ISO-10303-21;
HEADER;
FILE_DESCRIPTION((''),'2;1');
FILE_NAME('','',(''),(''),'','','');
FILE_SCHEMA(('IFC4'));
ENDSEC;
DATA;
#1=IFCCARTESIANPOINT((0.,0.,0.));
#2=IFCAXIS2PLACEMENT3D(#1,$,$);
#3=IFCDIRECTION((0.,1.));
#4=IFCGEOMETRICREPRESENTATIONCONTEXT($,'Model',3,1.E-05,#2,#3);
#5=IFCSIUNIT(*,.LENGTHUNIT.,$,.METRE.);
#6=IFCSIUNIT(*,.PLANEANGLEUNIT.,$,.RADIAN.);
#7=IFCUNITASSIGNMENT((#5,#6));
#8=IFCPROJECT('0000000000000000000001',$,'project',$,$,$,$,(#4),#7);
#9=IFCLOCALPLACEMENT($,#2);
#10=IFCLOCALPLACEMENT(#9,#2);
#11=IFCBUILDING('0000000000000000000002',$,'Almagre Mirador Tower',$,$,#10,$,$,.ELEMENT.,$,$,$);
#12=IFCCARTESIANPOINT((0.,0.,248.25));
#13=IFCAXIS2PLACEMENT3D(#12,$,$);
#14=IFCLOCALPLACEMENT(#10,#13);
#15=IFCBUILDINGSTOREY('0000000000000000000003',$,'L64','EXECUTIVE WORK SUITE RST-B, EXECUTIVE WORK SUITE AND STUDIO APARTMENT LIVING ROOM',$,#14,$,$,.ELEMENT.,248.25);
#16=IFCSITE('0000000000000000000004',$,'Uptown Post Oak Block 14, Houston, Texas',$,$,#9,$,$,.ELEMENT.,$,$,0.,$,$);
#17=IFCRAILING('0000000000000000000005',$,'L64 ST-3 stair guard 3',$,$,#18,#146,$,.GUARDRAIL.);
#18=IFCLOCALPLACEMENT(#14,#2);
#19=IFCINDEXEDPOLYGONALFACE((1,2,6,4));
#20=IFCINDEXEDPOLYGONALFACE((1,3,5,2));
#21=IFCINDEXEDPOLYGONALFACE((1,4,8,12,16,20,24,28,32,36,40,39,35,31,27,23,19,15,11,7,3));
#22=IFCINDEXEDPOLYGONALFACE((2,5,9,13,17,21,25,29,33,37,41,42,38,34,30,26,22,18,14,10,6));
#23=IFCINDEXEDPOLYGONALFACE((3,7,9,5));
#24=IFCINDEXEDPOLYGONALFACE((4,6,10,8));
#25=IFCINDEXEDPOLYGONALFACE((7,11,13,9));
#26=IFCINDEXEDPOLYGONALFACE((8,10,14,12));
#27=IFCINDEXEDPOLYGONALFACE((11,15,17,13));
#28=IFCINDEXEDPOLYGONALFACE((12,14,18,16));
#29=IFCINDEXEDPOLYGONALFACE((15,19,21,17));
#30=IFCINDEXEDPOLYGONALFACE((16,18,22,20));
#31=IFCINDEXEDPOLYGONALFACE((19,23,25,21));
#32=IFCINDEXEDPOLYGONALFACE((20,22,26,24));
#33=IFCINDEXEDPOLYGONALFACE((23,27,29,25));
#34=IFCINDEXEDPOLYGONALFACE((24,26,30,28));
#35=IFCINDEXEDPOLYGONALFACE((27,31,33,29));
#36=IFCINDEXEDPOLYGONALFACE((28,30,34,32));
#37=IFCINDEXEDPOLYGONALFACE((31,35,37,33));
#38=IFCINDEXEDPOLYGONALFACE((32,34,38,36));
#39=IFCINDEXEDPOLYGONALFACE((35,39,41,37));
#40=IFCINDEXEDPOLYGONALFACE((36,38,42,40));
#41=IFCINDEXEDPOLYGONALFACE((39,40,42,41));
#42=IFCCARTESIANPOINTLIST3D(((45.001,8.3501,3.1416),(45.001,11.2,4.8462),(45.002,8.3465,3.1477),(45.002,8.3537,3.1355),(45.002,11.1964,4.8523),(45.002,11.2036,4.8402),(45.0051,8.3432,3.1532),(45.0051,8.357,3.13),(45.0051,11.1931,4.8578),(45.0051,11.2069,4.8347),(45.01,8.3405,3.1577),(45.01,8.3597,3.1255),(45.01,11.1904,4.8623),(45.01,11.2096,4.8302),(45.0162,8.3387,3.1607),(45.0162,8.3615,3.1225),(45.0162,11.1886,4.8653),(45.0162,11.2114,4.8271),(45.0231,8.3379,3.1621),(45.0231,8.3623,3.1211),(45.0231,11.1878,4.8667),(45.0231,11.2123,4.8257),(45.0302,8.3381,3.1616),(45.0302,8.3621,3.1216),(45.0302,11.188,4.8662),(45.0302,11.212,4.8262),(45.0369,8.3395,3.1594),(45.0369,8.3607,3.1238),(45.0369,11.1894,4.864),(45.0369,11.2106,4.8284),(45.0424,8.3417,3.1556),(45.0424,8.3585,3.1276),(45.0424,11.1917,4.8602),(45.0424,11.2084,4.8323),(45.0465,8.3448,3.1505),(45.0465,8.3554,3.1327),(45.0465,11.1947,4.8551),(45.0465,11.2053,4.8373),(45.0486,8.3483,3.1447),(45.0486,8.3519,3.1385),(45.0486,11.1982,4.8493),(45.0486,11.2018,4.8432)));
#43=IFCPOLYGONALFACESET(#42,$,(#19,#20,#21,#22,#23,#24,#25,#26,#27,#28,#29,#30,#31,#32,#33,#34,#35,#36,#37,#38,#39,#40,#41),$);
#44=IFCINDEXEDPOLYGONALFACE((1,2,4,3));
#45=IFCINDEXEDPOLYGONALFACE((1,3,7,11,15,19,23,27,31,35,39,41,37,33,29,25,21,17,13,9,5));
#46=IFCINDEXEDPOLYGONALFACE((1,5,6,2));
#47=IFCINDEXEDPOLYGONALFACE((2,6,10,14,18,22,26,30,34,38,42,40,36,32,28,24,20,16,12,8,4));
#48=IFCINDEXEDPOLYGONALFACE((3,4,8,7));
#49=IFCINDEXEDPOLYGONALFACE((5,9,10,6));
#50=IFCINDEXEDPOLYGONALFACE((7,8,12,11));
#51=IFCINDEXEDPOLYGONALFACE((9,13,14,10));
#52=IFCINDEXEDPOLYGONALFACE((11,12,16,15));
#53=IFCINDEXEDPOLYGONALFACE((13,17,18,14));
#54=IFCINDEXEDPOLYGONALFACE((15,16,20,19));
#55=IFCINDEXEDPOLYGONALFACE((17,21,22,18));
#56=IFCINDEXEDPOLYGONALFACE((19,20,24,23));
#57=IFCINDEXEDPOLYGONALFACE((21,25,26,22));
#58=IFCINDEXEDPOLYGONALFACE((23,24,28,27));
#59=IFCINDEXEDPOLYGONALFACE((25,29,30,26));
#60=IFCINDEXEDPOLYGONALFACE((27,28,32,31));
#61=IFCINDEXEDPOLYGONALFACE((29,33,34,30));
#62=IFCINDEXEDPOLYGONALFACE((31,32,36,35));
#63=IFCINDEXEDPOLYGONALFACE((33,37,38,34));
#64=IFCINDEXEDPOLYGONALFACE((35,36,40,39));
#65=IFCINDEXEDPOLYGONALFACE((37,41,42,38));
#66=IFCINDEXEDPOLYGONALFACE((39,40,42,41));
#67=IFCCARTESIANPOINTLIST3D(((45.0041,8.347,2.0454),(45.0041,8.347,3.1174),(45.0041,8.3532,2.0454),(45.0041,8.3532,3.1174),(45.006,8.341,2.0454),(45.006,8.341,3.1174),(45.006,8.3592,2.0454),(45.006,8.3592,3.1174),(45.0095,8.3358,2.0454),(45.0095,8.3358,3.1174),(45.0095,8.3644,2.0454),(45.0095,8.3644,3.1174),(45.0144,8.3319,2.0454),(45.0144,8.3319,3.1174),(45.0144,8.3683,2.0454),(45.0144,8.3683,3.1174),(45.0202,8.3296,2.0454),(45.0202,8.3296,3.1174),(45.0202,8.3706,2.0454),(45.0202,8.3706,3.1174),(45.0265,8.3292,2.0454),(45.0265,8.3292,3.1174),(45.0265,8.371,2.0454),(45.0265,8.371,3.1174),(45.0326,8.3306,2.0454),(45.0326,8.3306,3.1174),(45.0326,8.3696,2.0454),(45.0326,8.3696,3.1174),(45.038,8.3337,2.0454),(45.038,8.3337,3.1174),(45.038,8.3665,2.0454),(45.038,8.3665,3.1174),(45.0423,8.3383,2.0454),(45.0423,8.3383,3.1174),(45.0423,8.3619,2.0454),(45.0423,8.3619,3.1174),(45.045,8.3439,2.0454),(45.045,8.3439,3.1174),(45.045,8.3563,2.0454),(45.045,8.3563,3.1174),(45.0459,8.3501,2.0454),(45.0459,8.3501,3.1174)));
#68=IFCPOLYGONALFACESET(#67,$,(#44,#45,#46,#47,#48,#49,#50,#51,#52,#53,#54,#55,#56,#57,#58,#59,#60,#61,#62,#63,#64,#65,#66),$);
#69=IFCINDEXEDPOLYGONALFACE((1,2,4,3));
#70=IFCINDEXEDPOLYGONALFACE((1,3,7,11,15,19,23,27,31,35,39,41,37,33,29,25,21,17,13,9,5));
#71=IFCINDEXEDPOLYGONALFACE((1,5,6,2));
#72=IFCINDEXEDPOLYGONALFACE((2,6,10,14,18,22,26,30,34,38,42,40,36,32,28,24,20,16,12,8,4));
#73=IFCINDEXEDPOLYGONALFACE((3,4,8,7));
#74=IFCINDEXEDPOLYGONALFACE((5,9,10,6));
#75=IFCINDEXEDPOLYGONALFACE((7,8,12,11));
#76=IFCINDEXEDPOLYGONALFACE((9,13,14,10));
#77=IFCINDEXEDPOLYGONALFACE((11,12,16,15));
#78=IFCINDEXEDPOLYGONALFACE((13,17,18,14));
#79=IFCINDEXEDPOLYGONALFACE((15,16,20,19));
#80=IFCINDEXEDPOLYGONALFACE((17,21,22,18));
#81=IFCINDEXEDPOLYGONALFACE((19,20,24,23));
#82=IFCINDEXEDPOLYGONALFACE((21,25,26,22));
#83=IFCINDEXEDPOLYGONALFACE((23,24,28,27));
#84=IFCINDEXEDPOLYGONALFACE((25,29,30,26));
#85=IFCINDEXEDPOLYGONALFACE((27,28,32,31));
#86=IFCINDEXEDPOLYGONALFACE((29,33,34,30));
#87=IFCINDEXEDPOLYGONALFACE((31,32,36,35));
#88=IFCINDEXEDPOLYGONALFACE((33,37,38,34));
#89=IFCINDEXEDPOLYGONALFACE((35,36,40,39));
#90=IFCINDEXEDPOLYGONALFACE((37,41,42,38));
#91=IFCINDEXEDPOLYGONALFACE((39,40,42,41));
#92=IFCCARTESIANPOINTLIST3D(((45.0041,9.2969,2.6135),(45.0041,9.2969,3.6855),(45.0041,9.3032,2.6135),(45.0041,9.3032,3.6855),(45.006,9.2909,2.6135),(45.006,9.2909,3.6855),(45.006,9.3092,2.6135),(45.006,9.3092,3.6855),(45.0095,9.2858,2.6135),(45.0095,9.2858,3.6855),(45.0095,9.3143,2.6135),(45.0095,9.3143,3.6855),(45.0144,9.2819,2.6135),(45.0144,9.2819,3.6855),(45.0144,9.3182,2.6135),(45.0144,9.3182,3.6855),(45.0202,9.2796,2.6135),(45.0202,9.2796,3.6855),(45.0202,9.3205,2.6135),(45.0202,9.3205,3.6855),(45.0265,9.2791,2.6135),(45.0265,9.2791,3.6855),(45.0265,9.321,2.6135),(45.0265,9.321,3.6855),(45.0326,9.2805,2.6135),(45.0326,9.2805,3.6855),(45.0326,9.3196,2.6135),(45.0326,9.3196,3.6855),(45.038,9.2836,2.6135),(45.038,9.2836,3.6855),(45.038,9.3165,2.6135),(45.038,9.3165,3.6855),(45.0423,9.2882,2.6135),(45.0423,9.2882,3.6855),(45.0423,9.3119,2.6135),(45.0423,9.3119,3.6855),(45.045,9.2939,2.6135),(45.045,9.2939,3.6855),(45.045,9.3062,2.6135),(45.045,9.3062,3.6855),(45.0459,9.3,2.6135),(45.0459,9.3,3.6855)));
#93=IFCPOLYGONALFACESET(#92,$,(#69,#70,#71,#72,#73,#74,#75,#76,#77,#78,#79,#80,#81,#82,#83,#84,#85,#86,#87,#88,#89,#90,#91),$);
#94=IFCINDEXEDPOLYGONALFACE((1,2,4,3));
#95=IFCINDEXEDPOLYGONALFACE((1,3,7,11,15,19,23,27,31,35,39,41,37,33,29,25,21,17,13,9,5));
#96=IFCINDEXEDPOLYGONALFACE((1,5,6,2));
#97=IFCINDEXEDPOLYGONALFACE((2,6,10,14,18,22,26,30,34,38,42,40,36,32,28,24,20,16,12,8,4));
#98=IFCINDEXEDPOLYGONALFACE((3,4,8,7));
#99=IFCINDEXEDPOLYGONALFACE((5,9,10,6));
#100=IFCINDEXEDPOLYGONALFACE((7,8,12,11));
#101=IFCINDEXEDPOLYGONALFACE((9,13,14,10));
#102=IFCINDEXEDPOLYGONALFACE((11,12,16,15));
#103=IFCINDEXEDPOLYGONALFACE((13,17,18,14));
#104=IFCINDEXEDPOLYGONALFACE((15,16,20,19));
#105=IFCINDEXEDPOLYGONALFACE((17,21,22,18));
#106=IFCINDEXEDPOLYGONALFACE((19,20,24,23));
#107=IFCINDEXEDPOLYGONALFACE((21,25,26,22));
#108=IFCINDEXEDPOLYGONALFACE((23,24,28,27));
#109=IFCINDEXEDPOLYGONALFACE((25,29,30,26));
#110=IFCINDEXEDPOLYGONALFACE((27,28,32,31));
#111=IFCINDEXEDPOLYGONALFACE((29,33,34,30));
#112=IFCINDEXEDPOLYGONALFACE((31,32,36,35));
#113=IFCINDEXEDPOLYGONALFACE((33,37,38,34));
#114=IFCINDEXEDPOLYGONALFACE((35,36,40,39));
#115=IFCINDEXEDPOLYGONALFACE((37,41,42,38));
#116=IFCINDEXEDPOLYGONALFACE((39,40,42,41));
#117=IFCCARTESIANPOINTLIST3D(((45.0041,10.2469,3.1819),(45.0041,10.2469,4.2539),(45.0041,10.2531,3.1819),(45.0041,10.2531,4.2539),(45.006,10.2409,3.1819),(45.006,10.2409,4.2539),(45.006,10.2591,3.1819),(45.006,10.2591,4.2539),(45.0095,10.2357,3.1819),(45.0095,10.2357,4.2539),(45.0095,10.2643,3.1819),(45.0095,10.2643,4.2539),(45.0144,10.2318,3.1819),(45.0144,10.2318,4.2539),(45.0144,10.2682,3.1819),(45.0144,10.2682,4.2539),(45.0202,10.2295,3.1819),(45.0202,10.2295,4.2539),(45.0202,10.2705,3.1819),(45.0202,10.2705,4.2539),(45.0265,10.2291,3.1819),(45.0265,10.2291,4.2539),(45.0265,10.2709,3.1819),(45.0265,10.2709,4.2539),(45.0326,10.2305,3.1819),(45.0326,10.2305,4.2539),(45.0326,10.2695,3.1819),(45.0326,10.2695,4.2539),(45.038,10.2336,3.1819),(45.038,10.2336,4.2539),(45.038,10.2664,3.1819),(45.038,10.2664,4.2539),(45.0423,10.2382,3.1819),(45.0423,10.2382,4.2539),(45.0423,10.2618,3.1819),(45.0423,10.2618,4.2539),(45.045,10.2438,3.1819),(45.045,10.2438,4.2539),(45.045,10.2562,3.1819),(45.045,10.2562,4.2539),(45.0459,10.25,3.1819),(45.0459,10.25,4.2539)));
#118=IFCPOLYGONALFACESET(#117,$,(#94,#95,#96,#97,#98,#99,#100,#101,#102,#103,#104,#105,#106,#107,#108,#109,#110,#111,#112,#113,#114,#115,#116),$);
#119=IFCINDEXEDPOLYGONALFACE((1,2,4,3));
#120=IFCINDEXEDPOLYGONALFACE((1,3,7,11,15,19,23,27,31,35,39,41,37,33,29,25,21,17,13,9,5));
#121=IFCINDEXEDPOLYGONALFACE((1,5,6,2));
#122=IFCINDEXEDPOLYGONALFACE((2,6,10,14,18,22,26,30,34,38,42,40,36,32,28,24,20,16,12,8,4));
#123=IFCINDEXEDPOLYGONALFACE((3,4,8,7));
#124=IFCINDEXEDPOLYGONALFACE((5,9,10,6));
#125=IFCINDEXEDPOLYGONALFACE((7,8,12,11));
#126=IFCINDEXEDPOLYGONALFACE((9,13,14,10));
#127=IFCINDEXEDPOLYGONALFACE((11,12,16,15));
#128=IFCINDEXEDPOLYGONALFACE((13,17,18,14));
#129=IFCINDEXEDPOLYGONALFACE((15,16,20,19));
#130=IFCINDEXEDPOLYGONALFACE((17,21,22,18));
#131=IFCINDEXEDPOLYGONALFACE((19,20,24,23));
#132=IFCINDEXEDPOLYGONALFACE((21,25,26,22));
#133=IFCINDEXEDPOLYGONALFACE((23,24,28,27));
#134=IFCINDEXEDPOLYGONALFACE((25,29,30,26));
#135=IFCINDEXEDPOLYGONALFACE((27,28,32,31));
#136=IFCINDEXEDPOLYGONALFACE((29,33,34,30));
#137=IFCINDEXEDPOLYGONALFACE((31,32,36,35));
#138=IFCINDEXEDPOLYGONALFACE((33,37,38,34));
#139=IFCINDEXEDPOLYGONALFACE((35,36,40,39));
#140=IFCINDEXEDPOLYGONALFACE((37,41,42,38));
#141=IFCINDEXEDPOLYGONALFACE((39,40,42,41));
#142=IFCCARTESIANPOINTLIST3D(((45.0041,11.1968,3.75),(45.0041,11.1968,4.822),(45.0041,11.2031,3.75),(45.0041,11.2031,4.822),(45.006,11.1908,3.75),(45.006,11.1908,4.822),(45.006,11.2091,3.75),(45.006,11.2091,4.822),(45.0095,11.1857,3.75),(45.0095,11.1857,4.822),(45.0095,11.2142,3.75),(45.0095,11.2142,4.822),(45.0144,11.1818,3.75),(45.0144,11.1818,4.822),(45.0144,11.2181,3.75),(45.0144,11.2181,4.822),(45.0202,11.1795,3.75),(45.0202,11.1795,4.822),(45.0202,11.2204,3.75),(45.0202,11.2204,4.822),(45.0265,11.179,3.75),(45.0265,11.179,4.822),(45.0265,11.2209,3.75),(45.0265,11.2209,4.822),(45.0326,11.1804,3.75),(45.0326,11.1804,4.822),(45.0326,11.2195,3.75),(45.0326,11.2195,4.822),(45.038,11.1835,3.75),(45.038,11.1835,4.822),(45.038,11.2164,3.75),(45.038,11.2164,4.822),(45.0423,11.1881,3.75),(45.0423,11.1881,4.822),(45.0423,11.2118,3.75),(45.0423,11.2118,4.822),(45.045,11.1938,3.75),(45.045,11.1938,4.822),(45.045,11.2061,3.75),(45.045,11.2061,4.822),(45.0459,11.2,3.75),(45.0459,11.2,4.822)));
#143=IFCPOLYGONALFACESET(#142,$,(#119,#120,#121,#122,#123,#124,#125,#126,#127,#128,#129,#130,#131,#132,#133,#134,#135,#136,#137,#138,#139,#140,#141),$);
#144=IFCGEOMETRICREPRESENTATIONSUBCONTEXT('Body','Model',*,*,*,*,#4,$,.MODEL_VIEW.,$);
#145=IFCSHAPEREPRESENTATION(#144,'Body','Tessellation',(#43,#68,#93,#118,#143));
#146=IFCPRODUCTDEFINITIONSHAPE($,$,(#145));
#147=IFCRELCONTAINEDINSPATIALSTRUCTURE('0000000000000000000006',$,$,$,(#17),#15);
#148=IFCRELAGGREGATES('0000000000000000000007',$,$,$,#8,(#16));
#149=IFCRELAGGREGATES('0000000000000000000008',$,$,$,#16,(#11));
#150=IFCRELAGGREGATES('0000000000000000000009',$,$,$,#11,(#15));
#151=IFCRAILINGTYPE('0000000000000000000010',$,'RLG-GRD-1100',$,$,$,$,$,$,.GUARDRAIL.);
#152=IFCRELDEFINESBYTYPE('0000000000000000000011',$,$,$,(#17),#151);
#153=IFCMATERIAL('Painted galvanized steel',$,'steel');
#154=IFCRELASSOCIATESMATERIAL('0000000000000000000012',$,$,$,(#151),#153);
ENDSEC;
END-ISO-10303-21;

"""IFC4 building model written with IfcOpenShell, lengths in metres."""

from ifc_helpers import new_model, si_unit, direction, frame, origin, origin_2d, place, context, subcontext, project, spatial, circle, extrude, material, type_object, element, save


model = new_model("IFC4")

# Units and contexts
model_context = context("Model", 3, precision=1e-05, world=origin(), true_north=direction((0.0, 1.0)))
body_context = subcontext(model_context, "Body", "Model", "MODEL_VIEW")
ifc_project = project(units=[si_unit("LENGTHUNIT", "METRE"), si_unit("PLANEANGLEUNIT", "RADIAN")], contexts=[model_context])

# Site, building, storey
site_placement = place(None, origin())
site = spatial("IfcSite", under=ifc_project, at=site_placement, Name="Uptown Post Oak Block 14, Houston, Texas", CompositionType="ELEMENT", RefElevation=0.0)
building_placement = place(site_placement, origin())
building = spatial("IfcBuilding", under=site, at=building_placement, Name="Almagre Mirador Tower", CompositionType="ELEMENT")
storey_placement = place(building_placement, frame((0.0, 0.0, 248.25)))
storey = spatial("IfcBuildingStorey", under=building, at=storey_placement, Name="L64", Description="EXECUTIVE WORK SUITE RST-B, EXECUTIVE WORK SUITE AND STUDIO APARTMENT LIVING ROOM", CompositionType="ELEMENT", Elevation=248.25)

# Railing
ifc_material_1 = material(Name="Painted galvanized steel", Category="steel")
railing_type_1 = type_object("IfcRailingType", Name="RLG-GRD-1100", PredefinedType="GUARDRAIL", material=ifc_material_1)
railing_1_placement = place(storey_placement, frame((45.0249, 8.3501, 2.0454)))
element("IfcRailing", 1, at=railing_1_placement, inside=storey, type_object=railing_type_1, Name="L64 ST-3 stair guard 3", PredefinedType="GUARDRAIL", context=body_context, shape_type="SweptSolid", body=[
    extrude(circle(Radius=0.0239, at=origin_2d()), frame((0.0, 0.0, 1.0962), z_axis=(0.0, 0.858199, 0.513317), x_axis=(-1.0, 0.0, 0.0)), (0.0, 0.0, 1.0), 3.3208),
    extrude(circle(Radius=0.021, at=origin_2d()), origin(), (0.0, 0.0, 1.0), 1.072),
    extrude(circle(Radius=0.021, at=origin_2d()), frame((0.0, 0.95, 0.5681)), (0.0, 0.0, 1.0), 1.072),
    extrude(circle(Radius=0.021, at=origin_2d()), frame((0.0, 1.8999, 1.1365)), (0.0, 0.0, 1.0), 1.072),
    extrude(circle(Radius=0.021, at=origin_2d()), frame((0.0, 2.8499, 1.7046)), (0.0, 0.0, 1.0), 1.072),
])

save(model, "model.ifc")
